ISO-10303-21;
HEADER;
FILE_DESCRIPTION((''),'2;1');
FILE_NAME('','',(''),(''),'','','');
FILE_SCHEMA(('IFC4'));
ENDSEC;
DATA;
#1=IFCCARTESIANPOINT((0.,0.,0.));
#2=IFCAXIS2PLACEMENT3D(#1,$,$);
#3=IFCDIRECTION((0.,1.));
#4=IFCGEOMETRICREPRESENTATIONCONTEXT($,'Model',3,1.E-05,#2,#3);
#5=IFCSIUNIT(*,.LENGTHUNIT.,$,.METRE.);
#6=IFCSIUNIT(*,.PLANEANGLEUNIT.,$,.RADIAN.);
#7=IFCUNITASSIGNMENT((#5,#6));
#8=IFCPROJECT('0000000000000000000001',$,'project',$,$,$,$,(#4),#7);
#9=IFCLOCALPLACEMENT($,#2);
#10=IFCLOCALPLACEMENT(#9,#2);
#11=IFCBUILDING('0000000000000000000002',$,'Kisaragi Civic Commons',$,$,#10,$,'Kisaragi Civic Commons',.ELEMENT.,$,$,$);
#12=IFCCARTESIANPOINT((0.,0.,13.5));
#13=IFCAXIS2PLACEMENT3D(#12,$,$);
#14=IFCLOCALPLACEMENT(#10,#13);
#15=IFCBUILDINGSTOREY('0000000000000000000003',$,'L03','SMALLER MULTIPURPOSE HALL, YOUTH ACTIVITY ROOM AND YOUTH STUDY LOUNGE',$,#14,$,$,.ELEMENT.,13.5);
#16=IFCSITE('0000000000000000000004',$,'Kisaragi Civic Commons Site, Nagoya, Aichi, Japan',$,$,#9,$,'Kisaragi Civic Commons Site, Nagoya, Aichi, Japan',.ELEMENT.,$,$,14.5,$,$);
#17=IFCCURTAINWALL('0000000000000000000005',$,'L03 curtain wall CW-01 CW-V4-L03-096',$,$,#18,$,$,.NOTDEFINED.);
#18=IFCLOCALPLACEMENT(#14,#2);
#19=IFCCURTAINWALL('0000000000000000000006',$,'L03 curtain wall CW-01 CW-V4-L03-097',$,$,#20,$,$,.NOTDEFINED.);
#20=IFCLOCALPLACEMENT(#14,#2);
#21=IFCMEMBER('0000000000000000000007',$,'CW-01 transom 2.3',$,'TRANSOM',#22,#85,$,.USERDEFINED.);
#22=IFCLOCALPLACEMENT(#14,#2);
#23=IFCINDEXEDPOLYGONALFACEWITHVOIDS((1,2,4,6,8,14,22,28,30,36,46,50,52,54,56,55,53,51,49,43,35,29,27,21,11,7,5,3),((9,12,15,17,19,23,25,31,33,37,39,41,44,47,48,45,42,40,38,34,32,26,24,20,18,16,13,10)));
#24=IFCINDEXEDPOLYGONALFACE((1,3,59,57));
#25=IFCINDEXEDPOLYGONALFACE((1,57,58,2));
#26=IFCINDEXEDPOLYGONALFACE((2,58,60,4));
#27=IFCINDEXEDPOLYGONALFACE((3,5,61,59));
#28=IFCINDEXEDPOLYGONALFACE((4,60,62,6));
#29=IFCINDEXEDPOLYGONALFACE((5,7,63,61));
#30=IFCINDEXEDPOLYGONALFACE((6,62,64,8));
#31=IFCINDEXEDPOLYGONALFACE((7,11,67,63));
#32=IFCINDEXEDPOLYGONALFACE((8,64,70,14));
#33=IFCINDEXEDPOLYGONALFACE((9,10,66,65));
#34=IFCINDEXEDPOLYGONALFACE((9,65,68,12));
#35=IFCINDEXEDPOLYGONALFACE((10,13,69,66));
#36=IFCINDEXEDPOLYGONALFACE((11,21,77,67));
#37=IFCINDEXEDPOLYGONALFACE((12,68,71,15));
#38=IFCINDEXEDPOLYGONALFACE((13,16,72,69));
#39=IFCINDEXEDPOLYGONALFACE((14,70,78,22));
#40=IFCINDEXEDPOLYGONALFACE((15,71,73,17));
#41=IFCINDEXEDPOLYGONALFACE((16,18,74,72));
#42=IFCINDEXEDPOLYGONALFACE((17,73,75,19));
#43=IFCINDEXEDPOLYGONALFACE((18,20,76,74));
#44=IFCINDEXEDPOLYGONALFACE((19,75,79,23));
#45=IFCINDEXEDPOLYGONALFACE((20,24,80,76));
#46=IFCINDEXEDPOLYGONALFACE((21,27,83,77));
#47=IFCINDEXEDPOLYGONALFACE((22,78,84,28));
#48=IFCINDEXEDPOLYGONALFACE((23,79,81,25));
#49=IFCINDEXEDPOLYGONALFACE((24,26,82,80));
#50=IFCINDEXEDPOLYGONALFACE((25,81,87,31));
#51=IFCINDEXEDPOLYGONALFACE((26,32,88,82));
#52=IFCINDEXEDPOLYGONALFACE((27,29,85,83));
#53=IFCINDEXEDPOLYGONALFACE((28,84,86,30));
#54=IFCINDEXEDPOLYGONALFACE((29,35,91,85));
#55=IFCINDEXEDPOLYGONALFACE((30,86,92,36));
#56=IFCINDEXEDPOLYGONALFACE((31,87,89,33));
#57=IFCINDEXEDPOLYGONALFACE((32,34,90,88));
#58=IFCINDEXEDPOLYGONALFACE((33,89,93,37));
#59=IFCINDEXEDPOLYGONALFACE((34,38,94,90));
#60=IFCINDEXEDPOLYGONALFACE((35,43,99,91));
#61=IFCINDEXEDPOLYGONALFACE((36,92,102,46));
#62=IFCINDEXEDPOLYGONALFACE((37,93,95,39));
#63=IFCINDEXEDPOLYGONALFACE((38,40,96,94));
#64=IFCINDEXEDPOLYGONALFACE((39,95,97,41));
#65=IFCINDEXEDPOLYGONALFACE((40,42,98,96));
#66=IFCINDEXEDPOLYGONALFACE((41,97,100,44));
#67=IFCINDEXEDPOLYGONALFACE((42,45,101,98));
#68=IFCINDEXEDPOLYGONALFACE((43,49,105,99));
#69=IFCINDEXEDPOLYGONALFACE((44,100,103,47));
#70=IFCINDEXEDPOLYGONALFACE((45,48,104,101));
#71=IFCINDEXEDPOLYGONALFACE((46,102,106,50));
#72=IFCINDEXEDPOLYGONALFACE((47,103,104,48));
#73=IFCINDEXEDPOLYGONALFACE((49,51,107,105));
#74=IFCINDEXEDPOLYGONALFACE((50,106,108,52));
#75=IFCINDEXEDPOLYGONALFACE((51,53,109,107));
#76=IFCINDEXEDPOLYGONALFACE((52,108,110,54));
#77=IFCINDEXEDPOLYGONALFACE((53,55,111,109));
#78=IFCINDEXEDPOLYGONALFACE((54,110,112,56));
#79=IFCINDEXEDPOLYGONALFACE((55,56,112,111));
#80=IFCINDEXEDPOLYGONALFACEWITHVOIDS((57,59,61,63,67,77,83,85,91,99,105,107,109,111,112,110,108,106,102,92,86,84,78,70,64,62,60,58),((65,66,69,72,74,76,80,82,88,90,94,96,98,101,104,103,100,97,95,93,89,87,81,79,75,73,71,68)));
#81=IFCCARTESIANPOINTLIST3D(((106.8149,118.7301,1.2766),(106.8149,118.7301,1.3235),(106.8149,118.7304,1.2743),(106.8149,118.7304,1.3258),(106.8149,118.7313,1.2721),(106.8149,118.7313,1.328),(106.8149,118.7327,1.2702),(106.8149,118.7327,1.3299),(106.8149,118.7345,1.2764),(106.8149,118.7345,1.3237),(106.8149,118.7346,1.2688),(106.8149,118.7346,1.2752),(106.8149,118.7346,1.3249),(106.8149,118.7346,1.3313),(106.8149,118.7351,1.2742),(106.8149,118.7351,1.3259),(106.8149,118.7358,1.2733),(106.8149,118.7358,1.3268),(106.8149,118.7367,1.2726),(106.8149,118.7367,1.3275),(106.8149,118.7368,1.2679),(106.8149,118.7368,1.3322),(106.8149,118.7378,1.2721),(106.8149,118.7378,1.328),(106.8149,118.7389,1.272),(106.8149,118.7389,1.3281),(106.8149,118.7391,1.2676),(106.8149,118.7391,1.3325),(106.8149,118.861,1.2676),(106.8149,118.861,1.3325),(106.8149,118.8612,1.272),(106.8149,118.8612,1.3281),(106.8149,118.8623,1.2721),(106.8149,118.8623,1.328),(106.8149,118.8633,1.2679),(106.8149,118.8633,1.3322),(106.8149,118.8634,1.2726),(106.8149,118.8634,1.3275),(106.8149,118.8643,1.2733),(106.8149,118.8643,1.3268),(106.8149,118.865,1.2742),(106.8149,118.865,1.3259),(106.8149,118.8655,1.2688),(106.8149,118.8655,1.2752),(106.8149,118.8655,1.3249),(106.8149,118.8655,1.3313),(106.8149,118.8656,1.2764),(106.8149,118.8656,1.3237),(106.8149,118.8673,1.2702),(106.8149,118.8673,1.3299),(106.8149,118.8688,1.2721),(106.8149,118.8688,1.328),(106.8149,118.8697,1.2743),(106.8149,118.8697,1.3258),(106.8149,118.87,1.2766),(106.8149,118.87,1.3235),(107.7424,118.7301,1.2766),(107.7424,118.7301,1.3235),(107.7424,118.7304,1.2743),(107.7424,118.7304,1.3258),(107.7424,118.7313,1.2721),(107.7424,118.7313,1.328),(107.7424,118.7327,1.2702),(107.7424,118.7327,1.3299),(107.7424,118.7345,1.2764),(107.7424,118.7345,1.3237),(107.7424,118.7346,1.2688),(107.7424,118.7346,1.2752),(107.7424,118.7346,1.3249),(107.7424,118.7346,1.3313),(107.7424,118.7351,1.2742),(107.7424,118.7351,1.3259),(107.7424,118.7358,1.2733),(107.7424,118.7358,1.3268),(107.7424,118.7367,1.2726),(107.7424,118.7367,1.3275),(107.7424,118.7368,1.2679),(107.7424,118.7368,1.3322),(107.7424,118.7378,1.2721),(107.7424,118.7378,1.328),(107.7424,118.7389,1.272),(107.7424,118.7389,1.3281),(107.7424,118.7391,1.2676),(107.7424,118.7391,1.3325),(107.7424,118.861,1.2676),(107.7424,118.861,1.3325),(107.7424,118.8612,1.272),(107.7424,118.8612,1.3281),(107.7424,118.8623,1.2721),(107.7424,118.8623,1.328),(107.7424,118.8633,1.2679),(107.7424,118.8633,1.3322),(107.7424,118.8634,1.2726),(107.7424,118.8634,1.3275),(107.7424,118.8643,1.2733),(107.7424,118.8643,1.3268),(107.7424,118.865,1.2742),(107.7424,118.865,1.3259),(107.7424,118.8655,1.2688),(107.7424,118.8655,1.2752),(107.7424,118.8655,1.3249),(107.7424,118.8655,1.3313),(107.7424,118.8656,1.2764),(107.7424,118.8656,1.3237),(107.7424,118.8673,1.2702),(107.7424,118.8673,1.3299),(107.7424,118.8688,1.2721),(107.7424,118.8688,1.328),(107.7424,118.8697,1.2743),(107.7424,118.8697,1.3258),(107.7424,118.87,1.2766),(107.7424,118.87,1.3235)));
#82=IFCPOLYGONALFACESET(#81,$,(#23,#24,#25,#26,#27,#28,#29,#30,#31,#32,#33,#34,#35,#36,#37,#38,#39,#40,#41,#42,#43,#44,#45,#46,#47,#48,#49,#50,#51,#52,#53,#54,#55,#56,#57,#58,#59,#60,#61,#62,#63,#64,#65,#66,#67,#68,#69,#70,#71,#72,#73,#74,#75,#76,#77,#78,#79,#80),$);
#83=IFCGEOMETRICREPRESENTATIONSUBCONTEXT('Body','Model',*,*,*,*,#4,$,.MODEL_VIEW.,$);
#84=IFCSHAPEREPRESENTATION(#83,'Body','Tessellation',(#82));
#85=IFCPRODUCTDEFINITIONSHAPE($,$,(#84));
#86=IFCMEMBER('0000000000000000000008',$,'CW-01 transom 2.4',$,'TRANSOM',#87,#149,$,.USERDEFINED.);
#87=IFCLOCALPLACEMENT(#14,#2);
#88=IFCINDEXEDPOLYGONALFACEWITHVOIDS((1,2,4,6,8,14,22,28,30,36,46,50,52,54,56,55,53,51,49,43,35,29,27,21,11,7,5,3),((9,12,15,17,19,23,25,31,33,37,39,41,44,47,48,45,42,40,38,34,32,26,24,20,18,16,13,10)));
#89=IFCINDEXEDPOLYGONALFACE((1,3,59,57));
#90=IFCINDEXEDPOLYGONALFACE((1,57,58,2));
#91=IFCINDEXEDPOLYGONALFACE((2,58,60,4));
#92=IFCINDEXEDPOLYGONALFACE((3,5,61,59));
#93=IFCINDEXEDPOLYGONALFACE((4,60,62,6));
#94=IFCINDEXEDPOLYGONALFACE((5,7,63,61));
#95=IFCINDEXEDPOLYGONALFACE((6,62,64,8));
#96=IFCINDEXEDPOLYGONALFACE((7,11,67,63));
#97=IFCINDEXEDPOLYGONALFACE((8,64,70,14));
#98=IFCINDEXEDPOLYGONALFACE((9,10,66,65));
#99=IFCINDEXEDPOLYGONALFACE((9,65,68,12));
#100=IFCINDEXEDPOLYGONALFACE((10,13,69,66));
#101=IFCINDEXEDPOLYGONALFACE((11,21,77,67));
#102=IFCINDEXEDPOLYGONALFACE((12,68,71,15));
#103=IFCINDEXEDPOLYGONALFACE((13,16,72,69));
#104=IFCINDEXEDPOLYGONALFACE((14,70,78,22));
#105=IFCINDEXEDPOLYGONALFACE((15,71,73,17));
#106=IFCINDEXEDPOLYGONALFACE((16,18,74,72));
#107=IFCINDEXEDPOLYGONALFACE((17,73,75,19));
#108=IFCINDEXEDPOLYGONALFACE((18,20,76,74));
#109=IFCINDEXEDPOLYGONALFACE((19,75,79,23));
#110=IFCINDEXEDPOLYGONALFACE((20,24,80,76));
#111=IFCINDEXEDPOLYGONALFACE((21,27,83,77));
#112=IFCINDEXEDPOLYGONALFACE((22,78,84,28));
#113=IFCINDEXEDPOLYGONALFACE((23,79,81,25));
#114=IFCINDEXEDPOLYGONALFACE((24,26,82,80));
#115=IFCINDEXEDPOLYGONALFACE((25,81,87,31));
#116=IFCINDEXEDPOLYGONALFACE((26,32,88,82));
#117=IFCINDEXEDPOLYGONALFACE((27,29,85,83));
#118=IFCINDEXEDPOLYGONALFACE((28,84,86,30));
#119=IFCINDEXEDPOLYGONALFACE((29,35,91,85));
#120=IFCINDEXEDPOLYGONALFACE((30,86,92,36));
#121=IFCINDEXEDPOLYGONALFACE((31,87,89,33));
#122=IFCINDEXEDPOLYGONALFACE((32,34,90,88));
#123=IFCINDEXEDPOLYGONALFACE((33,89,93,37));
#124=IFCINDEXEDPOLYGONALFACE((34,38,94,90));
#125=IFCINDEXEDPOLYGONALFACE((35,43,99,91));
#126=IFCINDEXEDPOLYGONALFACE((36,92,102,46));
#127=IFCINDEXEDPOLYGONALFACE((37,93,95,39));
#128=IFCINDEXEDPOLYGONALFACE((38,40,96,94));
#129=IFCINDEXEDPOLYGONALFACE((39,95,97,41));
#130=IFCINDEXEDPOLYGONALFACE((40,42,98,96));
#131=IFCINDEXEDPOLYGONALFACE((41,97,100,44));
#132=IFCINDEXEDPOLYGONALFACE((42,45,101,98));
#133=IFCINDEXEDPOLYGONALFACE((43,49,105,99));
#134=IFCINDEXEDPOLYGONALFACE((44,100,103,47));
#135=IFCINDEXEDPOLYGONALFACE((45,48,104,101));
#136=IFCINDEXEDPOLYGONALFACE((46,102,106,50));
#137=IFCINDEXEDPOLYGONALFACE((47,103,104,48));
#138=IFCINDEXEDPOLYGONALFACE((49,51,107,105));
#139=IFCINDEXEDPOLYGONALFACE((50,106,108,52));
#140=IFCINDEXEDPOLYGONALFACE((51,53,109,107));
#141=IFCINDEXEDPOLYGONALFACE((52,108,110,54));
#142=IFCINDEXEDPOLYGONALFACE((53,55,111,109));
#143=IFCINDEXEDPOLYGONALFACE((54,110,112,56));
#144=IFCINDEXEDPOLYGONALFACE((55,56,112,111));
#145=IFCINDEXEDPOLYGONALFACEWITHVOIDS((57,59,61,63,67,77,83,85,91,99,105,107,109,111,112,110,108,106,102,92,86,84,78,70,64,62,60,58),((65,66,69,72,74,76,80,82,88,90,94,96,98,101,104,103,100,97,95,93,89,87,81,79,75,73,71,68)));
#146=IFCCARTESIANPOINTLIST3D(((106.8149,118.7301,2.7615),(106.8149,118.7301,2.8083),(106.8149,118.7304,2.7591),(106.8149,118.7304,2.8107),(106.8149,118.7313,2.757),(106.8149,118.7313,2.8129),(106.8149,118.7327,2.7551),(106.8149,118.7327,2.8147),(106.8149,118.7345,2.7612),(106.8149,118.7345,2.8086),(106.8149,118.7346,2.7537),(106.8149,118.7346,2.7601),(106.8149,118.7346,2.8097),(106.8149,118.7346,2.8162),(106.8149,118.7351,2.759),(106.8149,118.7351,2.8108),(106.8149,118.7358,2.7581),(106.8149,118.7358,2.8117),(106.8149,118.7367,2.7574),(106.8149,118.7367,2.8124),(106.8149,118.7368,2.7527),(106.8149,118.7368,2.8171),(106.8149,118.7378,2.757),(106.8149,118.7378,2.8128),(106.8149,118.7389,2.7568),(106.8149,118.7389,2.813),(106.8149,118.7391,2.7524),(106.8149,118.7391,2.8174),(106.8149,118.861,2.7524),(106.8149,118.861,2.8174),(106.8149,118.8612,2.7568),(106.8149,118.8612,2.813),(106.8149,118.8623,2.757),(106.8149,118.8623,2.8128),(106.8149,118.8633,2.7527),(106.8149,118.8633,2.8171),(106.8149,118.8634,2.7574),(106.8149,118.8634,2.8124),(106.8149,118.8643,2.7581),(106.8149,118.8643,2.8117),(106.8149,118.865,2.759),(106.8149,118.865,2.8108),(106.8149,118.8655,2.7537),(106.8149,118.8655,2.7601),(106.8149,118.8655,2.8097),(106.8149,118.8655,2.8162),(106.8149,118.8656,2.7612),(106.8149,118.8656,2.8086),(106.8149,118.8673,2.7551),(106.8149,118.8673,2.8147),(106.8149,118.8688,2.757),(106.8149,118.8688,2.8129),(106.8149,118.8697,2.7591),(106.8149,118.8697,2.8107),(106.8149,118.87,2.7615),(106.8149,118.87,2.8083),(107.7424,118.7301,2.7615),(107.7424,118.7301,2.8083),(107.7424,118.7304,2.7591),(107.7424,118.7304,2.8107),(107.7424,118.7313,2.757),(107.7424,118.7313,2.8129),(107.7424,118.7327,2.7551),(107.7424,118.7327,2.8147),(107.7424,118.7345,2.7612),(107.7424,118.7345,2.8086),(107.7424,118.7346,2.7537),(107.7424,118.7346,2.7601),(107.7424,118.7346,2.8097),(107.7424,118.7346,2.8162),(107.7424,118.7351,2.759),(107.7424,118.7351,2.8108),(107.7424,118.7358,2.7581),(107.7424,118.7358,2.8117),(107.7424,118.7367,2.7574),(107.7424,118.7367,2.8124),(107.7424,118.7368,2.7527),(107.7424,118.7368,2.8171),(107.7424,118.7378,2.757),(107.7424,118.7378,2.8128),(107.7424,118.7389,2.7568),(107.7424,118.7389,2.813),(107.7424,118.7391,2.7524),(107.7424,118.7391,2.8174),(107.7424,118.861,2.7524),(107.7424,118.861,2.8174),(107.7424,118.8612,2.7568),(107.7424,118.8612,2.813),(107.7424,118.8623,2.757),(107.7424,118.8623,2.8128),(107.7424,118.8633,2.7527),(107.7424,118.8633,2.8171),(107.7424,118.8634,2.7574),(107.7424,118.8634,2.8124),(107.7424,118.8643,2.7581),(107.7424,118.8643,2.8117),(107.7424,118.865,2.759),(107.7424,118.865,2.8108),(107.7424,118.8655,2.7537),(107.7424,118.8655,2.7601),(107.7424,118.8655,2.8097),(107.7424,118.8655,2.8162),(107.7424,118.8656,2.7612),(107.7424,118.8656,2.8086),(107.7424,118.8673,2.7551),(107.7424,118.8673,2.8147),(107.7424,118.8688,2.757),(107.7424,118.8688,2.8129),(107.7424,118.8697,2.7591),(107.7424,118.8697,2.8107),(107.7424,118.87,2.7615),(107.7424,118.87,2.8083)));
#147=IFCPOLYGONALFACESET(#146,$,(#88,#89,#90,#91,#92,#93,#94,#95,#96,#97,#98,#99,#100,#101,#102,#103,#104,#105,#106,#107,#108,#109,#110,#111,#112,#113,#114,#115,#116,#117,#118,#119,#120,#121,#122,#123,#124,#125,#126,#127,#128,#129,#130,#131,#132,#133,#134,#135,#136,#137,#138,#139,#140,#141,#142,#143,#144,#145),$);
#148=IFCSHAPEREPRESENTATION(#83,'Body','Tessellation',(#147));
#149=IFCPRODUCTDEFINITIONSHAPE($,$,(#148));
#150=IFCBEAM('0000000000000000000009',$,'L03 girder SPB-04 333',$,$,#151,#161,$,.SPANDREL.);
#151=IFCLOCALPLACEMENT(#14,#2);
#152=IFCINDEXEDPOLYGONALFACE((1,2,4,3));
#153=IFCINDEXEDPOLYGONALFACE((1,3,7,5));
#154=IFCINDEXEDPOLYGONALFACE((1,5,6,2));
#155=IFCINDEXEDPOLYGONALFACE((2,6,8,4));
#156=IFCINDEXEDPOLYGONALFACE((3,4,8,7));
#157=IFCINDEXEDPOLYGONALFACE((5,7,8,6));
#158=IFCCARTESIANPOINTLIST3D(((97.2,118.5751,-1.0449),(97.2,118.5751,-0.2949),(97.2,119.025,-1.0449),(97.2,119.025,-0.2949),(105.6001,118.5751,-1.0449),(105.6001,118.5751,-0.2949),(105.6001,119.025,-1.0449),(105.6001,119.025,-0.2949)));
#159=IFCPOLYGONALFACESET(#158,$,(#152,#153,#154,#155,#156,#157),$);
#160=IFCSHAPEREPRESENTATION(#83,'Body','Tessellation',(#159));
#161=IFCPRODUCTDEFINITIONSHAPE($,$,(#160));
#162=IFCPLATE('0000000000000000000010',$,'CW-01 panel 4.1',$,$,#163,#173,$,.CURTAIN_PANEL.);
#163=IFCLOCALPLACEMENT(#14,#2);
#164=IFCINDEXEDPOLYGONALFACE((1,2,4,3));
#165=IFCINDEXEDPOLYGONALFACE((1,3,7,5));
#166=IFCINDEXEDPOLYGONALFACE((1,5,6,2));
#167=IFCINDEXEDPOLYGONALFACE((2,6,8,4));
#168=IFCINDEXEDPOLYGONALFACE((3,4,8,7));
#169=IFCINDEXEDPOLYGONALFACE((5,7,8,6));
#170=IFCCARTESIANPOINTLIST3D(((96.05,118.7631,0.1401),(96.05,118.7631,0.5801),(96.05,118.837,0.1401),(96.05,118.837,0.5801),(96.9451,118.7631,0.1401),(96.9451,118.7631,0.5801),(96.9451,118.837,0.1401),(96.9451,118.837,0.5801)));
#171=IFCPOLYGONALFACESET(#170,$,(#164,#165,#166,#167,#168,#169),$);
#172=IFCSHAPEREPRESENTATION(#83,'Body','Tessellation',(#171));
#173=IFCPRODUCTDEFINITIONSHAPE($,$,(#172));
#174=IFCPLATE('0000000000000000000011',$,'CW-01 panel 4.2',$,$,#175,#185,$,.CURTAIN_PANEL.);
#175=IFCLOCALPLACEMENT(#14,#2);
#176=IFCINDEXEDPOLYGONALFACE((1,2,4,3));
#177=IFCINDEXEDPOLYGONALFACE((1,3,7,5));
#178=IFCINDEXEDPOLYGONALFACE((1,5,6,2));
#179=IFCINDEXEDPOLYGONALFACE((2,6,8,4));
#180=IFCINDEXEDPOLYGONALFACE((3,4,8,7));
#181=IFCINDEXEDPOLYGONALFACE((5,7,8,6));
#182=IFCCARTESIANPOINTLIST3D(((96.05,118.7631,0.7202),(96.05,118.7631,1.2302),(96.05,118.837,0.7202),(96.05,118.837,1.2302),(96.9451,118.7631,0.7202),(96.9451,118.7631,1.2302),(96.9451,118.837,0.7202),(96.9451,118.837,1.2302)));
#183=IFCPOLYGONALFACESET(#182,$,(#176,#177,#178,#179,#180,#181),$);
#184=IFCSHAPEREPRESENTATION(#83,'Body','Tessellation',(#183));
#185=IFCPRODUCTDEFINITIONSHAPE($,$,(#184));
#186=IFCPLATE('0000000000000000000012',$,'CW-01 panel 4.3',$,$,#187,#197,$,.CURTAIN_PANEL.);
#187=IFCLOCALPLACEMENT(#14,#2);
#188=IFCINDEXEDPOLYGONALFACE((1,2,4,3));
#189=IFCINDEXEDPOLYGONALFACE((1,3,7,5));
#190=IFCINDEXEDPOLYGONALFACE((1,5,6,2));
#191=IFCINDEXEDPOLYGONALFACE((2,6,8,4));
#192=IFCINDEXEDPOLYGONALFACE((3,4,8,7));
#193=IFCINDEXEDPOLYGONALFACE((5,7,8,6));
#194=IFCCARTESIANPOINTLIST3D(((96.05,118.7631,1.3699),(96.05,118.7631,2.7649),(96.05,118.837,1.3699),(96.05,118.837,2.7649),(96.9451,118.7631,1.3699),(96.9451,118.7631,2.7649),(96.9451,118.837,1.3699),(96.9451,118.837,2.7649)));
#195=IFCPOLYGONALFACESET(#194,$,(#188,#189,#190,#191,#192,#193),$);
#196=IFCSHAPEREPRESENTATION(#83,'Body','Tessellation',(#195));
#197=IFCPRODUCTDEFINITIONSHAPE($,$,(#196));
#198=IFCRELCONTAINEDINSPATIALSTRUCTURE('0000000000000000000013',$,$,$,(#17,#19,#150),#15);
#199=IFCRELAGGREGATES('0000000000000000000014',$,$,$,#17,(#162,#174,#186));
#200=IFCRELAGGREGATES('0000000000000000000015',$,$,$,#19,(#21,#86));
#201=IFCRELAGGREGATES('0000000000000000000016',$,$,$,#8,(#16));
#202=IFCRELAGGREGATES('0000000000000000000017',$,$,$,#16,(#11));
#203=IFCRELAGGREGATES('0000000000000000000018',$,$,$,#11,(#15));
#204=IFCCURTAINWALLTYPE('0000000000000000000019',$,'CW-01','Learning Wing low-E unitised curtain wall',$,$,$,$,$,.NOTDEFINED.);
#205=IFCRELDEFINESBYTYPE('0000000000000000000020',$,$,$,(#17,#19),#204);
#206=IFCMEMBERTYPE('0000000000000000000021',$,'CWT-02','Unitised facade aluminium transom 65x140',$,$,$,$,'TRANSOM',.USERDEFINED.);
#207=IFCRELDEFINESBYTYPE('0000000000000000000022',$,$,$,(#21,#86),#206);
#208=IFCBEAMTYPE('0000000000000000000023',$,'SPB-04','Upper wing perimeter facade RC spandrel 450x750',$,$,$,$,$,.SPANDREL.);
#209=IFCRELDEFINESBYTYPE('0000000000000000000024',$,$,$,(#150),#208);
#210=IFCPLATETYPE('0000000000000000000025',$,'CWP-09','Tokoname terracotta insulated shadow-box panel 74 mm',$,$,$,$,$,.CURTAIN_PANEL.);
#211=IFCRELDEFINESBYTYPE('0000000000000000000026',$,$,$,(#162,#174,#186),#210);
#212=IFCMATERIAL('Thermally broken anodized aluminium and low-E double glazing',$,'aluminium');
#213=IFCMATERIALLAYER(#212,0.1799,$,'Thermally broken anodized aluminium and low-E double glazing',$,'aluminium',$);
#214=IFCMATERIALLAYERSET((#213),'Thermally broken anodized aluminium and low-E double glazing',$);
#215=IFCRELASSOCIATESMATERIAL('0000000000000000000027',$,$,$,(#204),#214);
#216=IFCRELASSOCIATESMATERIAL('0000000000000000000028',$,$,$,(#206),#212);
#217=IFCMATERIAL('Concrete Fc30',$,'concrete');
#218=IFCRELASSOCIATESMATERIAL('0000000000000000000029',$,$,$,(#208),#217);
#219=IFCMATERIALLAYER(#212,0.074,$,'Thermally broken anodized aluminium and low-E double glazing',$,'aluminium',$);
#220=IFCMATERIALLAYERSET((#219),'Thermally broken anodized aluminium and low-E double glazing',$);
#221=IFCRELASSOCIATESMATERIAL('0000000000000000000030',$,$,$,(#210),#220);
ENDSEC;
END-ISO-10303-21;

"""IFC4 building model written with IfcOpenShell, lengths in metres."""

from ifc_helpers import new_model, si_unit, direction, frame, origin, origin_2d, place, context, subcontext, project, spatial, rectangle, hollow_rectangle, extrude, material, layer, layer_set, material_profile, profile_set, type_object, element, aggregate, save


model = new_model("IFC4")

# Units and contexts
model_context = context("Model", 3, precision=1e-05, world=origin(), true_north=direction((0.0, 1.0)))
body_context = subcontext(model_context, "Body", "Model", "MODEL_VIEW")
ifc_project = project(units=[si_unit("LENGTHUNIT", "METRE"), si_unit("PLANEANGLEUNIT", "RADIAN")], contexts=[model_context])

# Site, building, storey
site_placement = place(None, origin())
site = spatial("IfcSite", under=ifc_project, at=site_placement, Name="Kisaragi Civic Commons Site, Nagoya, Aichi, Japan", LongName="Kisaragi Civic Commons Site, Nagoya, Aichi, Japan", CompositionType="ELEMENT", RefElevation=14.5)
building_placement = place(site_placement, origin())
building = spatial("IfcBuilding", under=site, at=building_placement, Name="Kisaragi Civic Commons", LongName="Kisaragi Civic Commons", CompositionType="ELEMENT")
storey_placement = place(building_placement, frame((0.0, 0.0, 13.5)))
storey = spatial("IfcBuildingStorey", under=building, at=storey_placement, Name="L03", Description="SMALLER MULTIPURPOSE HALL, YOUTH ACTIVITY ROOM AND YOUTH STUDY LOUNGE", CompositionType="ELEMENT", Elevation=13.5)

# Curtain wall
ifc_material_1 = material(Name="Thermally broken anodized aluminium and low-E double glazing", Category="aluminium")
ifc_layer_1 = layer(ifc_material_1, 0.1799, Name="Thermally broken anodized aluminium and low-E double glazing", Category="aluminium")
ifc_layer_set_1 = layer_set([ifc_layer_1], Name="Thermally broken anodized aluminium and low-E double glazing")
curtain_wall_type = type_object("IfcCurtainWallType", Name="CW-01", Description="Learning Wing low-E unitised curtain wall", PredefinedType="NOTDEFINED", material=ifc_layer_set_1)
curtain_wall_1_placement = place(storey_placement, origin())
curtain_wall_1 = element("IfcCurtainWall", 1, at=curtain_wall_1_placement, inside=storey, type_object=curtain_wall_type, Name="L03 curtain wall CW-01 CW-V4-L03-096", PredefinedType="NOTDEFINED")

# Curtain wall
curtain_wall_2_placement = place(storey_placement, origin())
curtain_wall_2 = element("IfcCurtainWall", 2, at=curtain_wall_2_placement, inside=storey, type_object=curtain_wall_type, Name="L03 curtain wall CW-01 CW-V4-L03-097", PredefinedType="NOTDEFINED")

# Members
ifc_material_profile_1 = material_profile(ifc_material_1, hollow_rectangle(XDim=0.1399, YDim=0.0649, WallThickness=0.0044, InnerFilletRadius=0.0044, OuterFilletRadius=0.009, at=origin_2d()), Name="CWT-65x140x4.5", Category="aluminium")
ifc_profile_set_1 = profile_set([ifc_material_profile_1], Name="Thermally broken anodized aluminium and low-E double glazing")
member_type_1 = type_object("IfcMemberType", Name="CWT-02", Description="Unitised facade aluminium transom 65x140", ElementType="TRANSOM", PredefinedType="USERDEFINED", material=ifc_profile_set_1)
member_1_placement = place(storey_placement, frame((106.8149, 118.8, 1.3), z_axis=(1.0, 0.0, 0.0), x_axis=(0.0, 1.0, 0.0)))
member_1 = element("IfcMember", 3, at=member_1_placement, type_object=member_type_1, Name="CW-01 transom 2.3", ObjectType="TRANSOM", PredefinedType="USERDEFINED", context=body_context, shape_type="SweptSolid", body=[
    extrude(hollow_rectangle(XDim=0.1399, YDim=0.0649, WallThickness=0.0044, InnerFilletRadius=0.0044, OuterFilletRadius=0.009, at=origin_2d()), origin(), (0.0, 0.0, 1.0), 0.9275),
])
member_2_placement = place(storey_placement, frame((106.8149, 118.8, 2.7849), z_axis=(1.0, 0.0, 0.0), x_axis=(0.0, 1.0, 0.0)))
member_2 = element("IfcMember", 4, at=member_2_placement, type_object=member_type_1, Name="CW-01 transom 2.4", ObjectType="TRANSOM", PredefinedType="USERDEFINED", context=body_context, shape_type="SweptSolid", body=[
    extrude(hollow_rectangle(XDim=0.1399, YDim=0.0649, WallThickness=0.0044, InnerFilletRadius=0.0044, OuterFilletRadius=0.009, at=origin_2d()), origin(), (0.0, 0.0, 1.0), 0.9275),
])

# Beam
ifc_material_2 = material(Name="Concrete Fc30", Category="concrete")
ifc_material_profile_2 = material_profile(ifc_material_2, rectangle(XDim=0.45, YDim=0.75, at=origin_2d()), Name="RC-450x750", Category="concrete")
ifc_profile_set_2 = profile_set([ifc_material_profile_2], Name="Concrete Fc30")
beam_type = type_object("IfcBeamType", Name="SPB-04", Description="Upper wing perimeter facade RC spandrel 450x750", PredefinedType="SPANDREL", material=ifc_profile_set_2)
beam_placement = place(storey_placement, frame((97.2, 118.8, -0.6699), z_axis=(1.0, 0.0, 0.0), x_axis=(0.0, 1.0, 0.0)))
element("IfcBeam", 5, at=beam_placement, inside=storey, type_object=beam_type, Name="L03 girder SPB-04 333", PredefinedType="SPANDREL", context=body_context, shape_type="SweptSolid", body=[
    extrude(rectangle(XDim=0.45, YDim=0.75, at=origin_2d()), origin(), (0.0, 0.0, 1.0), 8.4001),
])

# Plates
ifc_layer_2 = layer(ifc_material_1, 0.074, Name="Thermally broken anodized aluminium and low-E double glazing", Category="aluminium")
ifc_layer_set_2 = layer_set([ifc_layer_2], Name="Thermally broken anodized aluminium and low-E double glazing")
plate_type_1 = type_object("IfcPlateType", Name="CWP-09", Description="Tokoname terracotta insulated shadow-box panel 74 mm", PredefinedType="CURTAIN_PANEL", material=ifc_layer_set_2)
plate_1_placement = place(storey_placement, frame((96.4976, 118.8, 0.1401), z_axis=(0.0, 0.0, 1.0), x_axis=(1.0, 0.0, 0.0)))
plate_1 = element("IfcPlate", 6, at=plate_1_placement, type_object=plate_type_1, Name="CW-01 panel 4.1", PredefinedType="CURTAIN_PANEL", context=body_context, shape_type="SweptSolid", body=[
    extrude(rectangle(XDim=0.895, YDim=0.074, at=origin_2d()), origin(), (0.0, 0.0, 1.0), 0.4399),
])
plate_2_placement = place(storey_placement, frame((96.4976, 118.8, 0.7202), z_axis=(0.0, 0.0, 1.0), x_axis=(1.0, 0.0, 0.0)))
plate_2 = element("IfcPlate", 7, at=plate_2_placement, type_object=plate_type_1, Name="CW-01 panel 4.2", PredefinedType="CURTAIN_PANEL", context=body_context, shape_type="SweptSolid", body=[
    extrude(rectangle(XDim=0.895, YDim=0.074, at=origin_2d()), origin(), (0.0, 0.0, 1.0), 0.51),
])
plate_3_placement = place(storey_placement, frame((96.4976, 118.8, 1.3699), z_axis=(0.0, 0.0, 1.0), x_axis=(1.0, 0.0, 0.0)))
plate_3 = element("IfcPlate", 8, at=plate_3_placement, type_object=plate_type_1, Name="CW-01 panel 4.3", PredefinedType="CURTAIN_PANEL", context=body_context, shape_type="SweptSolid", body=[
    extrude(rectangle(XDim=0.895, YDim=0.074, at=origin_2d()), origin(), (0.0, 0.0, 1.0), 1.395),
])
aggregate(curtain_wall_1, [plate_1, plate_2, plate_3])
aggregate(curtain_wall_2, [member_1, member_2])

save(model, "model.ifc")
